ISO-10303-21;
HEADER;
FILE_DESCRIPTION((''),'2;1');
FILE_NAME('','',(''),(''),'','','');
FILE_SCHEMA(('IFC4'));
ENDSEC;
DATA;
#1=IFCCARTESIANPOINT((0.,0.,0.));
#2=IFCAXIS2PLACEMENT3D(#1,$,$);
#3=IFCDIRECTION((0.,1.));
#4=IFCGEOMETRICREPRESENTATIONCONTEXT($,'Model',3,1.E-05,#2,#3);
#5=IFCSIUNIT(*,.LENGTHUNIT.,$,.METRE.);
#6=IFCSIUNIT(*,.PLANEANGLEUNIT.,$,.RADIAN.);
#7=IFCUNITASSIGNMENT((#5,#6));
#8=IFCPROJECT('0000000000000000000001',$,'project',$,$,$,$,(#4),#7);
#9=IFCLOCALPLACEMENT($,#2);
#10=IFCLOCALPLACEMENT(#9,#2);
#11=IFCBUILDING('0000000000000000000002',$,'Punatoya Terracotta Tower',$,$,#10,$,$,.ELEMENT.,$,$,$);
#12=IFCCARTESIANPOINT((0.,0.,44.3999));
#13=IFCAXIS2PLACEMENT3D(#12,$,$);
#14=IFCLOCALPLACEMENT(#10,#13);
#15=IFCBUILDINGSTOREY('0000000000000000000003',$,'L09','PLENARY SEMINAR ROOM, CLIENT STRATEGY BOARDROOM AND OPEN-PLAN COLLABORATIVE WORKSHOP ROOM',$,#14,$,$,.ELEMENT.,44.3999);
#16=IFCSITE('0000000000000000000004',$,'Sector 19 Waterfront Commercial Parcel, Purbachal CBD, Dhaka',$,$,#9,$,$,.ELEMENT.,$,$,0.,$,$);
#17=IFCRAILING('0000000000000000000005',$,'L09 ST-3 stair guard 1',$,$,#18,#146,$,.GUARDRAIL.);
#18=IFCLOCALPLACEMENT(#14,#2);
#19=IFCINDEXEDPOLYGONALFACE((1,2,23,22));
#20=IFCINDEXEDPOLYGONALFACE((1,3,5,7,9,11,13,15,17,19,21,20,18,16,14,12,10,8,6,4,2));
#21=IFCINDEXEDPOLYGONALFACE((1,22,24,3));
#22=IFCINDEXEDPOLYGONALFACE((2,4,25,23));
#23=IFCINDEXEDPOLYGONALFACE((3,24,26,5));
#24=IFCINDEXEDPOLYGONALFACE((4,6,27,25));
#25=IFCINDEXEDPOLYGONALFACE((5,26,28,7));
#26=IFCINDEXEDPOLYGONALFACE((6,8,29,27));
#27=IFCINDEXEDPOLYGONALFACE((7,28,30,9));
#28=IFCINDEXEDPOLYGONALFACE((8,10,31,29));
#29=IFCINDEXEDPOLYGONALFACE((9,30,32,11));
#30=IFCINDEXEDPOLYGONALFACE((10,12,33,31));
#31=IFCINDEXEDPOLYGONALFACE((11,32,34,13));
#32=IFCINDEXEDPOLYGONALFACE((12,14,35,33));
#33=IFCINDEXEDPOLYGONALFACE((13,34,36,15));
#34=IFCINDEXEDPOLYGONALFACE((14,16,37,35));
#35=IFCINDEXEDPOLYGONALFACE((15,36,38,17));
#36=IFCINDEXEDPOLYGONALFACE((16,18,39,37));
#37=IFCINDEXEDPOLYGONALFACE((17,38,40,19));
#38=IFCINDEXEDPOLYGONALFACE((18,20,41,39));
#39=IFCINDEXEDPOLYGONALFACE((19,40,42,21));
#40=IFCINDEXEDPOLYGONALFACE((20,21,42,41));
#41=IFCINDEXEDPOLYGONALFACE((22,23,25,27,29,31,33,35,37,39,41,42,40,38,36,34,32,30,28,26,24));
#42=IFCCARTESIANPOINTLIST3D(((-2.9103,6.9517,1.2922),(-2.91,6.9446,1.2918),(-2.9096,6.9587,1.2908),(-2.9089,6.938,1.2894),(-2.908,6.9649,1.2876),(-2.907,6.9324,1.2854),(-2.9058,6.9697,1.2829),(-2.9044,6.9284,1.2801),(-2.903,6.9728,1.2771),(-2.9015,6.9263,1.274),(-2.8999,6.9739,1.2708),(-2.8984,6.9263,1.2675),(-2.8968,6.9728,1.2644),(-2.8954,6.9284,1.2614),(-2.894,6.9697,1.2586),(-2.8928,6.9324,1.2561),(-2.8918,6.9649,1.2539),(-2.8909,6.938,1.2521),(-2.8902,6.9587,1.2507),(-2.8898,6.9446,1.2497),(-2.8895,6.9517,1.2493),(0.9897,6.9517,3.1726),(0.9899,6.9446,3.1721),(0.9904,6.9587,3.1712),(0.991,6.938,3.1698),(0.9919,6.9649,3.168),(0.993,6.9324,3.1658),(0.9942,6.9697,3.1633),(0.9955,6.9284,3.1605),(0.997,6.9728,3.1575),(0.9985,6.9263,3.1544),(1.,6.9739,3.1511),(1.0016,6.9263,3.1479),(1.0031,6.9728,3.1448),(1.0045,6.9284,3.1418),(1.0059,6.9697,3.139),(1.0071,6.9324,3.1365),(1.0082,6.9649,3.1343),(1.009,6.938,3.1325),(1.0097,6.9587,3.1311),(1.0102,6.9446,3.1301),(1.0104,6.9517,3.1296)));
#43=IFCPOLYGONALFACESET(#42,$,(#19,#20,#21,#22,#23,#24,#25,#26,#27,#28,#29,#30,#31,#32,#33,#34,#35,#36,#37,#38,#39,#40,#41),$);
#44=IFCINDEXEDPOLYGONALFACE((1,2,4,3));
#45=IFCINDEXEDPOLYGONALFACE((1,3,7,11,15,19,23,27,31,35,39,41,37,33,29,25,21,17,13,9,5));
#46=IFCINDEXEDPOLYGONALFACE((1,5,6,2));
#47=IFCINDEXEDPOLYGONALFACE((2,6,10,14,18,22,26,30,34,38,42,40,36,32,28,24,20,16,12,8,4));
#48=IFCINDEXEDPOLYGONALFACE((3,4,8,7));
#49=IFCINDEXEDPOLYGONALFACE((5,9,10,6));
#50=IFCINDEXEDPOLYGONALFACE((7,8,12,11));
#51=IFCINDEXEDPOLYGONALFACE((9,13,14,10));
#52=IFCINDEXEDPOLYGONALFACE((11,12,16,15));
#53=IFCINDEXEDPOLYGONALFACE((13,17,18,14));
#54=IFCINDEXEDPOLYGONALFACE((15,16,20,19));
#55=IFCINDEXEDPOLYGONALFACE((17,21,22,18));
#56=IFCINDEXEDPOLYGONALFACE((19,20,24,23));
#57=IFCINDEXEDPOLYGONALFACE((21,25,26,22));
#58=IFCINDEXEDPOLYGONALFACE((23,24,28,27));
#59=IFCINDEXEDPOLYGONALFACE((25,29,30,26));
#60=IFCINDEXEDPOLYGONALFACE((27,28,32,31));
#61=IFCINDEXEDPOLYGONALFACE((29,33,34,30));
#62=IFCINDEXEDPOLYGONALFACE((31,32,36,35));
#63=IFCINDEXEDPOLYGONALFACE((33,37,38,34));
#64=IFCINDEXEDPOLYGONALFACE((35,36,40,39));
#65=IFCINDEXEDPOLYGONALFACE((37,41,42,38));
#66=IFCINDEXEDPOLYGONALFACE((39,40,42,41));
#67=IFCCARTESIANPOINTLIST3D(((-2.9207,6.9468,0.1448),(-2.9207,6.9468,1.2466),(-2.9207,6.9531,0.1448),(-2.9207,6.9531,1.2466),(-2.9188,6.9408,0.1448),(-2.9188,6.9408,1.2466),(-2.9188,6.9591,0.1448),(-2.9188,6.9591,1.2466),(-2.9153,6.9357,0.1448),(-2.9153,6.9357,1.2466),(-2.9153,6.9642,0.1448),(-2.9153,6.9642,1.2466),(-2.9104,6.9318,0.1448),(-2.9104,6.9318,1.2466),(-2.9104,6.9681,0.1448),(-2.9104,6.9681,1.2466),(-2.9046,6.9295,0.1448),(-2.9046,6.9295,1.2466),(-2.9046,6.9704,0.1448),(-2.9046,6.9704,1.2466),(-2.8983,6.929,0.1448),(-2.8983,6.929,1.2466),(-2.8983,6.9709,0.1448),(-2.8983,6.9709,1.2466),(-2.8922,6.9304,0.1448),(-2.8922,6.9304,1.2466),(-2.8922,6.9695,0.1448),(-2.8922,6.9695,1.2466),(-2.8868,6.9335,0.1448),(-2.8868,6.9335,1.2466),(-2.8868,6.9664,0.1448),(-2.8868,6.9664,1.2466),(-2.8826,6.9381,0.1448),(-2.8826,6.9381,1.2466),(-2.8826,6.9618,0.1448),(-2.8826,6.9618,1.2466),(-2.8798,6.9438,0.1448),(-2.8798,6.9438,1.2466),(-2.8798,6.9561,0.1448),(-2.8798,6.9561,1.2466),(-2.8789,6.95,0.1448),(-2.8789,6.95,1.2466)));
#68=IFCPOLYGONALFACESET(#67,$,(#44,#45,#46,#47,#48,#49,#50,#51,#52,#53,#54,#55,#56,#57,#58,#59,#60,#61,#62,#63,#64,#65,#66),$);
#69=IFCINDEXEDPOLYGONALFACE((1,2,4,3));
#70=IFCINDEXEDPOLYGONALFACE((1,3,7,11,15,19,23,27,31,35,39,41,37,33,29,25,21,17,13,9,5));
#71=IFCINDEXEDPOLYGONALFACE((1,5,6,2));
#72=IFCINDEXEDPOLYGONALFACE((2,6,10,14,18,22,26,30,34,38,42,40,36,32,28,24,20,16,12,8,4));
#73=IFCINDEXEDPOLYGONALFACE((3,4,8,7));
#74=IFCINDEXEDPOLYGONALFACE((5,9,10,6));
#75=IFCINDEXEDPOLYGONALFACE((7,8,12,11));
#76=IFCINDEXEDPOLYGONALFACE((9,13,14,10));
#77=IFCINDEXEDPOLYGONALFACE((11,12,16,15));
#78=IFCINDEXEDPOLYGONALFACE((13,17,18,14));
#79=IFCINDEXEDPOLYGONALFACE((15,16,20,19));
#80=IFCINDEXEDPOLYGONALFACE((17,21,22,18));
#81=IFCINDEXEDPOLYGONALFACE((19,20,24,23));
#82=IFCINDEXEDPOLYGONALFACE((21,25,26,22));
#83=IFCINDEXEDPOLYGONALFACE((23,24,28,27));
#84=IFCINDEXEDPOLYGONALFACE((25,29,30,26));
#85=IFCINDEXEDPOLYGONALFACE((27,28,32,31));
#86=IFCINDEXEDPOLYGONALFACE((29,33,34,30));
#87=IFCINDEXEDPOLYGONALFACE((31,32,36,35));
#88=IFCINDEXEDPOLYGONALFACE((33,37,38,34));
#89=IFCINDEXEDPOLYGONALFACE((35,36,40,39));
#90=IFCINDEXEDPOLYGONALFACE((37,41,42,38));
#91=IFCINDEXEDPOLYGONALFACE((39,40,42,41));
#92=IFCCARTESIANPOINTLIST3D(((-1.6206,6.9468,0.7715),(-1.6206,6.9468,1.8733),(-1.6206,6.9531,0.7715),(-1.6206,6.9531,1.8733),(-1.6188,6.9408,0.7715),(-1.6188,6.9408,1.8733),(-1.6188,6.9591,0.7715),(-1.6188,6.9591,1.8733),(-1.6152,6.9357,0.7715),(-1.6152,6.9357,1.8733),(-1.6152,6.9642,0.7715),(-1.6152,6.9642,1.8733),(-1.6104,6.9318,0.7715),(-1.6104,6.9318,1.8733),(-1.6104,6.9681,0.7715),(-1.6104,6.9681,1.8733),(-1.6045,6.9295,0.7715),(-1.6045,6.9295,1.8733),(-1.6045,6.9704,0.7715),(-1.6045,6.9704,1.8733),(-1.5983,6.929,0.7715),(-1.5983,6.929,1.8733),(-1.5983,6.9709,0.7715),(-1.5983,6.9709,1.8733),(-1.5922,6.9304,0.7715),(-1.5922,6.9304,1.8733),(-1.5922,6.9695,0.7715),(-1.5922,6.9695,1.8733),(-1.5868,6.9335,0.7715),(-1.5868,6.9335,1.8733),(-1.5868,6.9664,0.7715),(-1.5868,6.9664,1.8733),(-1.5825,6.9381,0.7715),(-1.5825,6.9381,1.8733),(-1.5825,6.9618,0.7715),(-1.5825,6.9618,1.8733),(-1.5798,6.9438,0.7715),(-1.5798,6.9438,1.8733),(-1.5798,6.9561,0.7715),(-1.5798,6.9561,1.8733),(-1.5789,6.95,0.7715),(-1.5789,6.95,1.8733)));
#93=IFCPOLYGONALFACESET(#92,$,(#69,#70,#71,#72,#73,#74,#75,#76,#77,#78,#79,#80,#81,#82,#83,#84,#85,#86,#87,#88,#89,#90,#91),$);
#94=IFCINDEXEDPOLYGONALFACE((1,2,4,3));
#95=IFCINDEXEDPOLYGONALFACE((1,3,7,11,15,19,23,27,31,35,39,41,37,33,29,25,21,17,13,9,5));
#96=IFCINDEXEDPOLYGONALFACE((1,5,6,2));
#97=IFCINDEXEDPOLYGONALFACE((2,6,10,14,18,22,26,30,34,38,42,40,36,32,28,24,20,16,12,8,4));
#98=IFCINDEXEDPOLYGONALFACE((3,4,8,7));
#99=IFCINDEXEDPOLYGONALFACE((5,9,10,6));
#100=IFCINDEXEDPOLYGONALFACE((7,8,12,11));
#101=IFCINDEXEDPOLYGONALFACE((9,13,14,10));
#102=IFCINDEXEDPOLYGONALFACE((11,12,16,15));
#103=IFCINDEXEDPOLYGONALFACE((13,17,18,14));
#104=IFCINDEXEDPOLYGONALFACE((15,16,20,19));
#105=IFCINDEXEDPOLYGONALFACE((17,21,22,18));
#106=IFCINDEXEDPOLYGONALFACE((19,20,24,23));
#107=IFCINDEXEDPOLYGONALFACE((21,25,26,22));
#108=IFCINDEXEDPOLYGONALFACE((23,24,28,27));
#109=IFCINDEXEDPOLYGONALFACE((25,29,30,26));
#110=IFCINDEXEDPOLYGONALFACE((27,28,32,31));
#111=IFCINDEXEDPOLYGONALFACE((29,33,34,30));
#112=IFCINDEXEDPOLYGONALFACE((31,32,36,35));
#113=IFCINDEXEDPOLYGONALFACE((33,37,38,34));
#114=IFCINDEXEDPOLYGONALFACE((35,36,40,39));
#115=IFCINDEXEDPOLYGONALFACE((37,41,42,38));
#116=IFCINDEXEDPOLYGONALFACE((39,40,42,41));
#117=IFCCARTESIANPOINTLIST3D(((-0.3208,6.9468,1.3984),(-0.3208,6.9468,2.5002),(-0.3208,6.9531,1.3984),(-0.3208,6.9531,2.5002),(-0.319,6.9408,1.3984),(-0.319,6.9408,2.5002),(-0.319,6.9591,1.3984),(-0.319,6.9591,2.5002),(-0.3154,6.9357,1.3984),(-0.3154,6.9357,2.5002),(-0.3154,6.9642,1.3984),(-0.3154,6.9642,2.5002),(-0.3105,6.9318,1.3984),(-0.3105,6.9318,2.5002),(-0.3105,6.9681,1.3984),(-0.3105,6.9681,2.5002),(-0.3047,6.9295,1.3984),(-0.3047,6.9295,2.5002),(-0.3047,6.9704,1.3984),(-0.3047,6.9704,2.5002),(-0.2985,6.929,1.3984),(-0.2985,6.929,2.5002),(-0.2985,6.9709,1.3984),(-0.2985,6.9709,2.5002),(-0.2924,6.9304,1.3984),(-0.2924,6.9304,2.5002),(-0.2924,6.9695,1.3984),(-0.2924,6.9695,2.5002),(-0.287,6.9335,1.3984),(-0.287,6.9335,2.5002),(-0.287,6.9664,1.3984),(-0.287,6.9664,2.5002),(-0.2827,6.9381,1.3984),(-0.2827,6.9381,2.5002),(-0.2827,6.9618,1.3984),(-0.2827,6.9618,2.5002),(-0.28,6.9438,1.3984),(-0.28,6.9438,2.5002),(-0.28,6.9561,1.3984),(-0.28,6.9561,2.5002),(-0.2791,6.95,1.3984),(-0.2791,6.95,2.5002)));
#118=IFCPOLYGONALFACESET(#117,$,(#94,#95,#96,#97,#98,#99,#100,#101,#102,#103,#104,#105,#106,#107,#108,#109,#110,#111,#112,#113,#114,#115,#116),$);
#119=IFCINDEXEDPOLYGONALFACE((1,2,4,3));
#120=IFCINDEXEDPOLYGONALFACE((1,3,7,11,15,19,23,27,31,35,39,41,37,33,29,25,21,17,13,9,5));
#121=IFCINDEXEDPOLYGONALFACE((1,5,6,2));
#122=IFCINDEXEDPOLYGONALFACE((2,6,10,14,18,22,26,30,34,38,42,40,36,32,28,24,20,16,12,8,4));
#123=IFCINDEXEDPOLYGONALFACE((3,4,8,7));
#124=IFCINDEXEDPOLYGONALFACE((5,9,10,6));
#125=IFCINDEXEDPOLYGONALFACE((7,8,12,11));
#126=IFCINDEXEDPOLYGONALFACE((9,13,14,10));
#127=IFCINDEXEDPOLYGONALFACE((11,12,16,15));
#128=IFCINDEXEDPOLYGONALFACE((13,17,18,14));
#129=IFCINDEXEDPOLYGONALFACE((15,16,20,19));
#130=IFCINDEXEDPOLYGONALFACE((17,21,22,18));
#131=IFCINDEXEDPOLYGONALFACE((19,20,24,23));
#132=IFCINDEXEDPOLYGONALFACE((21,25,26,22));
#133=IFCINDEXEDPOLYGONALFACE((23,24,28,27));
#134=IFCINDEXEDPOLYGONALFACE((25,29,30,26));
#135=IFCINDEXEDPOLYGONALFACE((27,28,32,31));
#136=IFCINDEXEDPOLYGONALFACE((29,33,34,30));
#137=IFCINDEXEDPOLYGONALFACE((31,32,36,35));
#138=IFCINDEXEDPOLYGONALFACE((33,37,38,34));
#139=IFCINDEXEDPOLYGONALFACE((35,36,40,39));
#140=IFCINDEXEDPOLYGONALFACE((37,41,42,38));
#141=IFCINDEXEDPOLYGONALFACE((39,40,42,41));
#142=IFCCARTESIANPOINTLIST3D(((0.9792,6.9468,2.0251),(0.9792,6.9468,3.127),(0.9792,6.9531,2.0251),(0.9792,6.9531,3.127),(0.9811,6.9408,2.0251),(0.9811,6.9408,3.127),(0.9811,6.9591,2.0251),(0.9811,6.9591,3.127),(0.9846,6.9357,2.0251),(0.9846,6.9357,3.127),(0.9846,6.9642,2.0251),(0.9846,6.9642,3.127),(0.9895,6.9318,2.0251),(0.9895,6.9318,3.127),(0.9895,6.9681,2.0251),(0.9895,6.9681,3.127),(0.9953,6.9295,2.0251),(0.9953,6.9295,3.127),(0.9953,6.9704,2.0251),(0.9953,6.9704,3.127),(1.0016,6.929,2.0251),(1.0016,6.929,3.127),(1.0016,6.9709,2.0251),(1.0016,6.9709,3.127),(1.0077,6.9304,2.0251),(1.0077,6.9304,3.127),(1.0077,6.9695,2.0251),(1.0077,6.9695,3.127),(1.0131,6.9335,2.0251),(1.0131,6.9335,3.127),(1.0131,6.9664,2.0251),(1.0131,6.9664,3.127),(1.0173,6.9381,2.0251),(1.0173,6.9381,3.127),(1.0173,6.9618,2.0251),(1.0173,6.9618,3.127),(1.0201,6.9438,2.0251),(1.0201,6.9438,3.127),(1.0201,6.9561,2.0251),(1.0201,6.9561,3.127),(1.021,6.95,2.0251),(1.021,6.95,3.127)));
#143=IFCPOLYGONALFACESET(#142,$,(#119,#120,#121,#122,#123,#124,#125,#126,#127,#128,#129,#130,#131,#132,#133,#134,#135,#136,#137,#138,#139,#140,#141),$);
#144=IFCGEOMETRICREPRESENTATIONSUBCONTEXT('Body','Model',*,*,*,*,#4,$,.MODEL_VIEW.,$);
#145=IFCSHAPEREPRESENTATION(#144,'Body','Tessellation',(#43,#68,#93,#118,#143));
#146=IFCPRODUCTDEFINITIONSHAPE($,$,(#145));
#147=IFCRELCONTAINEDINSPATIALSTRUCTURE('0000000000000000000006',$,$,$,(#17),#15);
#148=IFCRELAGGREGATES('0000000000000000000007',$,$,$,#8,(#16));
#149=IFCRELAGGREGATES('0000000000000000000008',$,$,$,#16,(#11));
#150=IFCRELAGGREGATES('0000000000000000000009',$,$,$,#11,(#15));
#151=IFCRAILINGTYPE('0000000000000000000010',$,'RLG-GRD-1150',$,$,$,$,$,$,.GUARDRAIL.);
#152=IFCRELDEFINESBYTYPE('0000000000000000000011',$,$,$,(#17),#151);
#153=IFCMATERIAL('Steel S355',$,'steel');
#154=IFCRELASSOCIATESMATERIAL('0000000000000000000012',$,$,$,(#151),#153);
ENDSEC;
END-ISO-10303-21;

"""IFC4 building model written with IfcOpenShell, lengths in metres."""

from ifc_helpers import new_model, si_unit, direction, frame, origin, origin_2d, place, context, subcontext, project, spatial, circle, extrude, material, type_object, element, save


model = new_model("IFC4")

# Units and contexts
model_context = context("Model", 3, precision=1e-05, world=origin(), true_north=direction((0.0, 1.0)))
body_context = subcontext(model_context, "Body", "Model", "MODEL_VIEW")
ifc_project = project(units=[si_unit("LENGTHUNIT", "METRE"), si_unit("PLANEANGLEUNIT", "RADIAN")], contexts=[model_context])

# Site, building, storey
site_placement = place(None, origin())
site = spatial("IfcSite", under=ifc_project, at=site_placement, Name="Sector 19 Waterfront Commercial Parcel, Purbachal CBD, Dhaka", CompositionType="ELEMENT", RefElevation=0.0)
building_placement = place(site_placement, origin())
building = spatial("IfcBuilding", under=site, at=building_placement, Name="Punatoya Terracotta Tower", CompositionType="ELEMENT")
storey_placement = place(building_placement, frame((0.0, 0.0, 44.3999)))
storey = spatial("IfcBuildingStorey", under=building, at=storey_placement, Name="L09", Description="PLENARY SEMINAR ROOM, CLIENT STRATEGY BOARDROOM AND OPEN-PLAN COLLABORATIVE WORKSHOP ROOM", CompositionType="ELEMENT", Elevation=44.3999)

# Shared definitions
ifc_material_1 = material(Name="Steel S355", Category="steel")

# Railing
railing_type_1 = type_object("IfcRailingType", Name="RLG-GRD-1150", PredefinedType="GUARDRAIL", material=ifc_material_1)
railing_1_placement = place(storey_placement, frame((-2.8999, 6.95, 0.1448)))
element("IfcRailing", 1, at=railing_1_placement, inside=storey, type_object=railing_type_1, Name="L09 ST-3 stair guard 1", PredefinedType="GUARDRAIL", context=body_context, shape_type="SweptSolid", body=[
    extrude(circle(Radius=0.0239, at=origin_2d()), frame((0.0, 0.0, 1.126), z_axis=(0.900763, 0.0, 0.434311), x_axis=(0.0, 1.0, 0.0)), (0.0, 0.0, 1.0), 4.3296),
    extrude(circle(Radius=0.021, at=origin_2d()), origin(), (0.0, 0.0, 1.0), 1.1018),
    extrude(circle(Radius=0.021, at=origin_2d()), frame((1.3, 0.0, 0.6267)), (0.0, 0.0, 1.0), 1.1018),
    extrude(circle(Radius=0.021, at=origin_2d()), frame((2.5999, 0.0, 1.2537)), (0.0, 0.0, 1.0), 1.1018),
    extrude(circle(Radius=0.021, at=origin_2d()), frame((3.8999, 0.0, 1.8804)), (0.0, 0.0, 1.0), 1.1018),
])

save(model, "model.ifc")
